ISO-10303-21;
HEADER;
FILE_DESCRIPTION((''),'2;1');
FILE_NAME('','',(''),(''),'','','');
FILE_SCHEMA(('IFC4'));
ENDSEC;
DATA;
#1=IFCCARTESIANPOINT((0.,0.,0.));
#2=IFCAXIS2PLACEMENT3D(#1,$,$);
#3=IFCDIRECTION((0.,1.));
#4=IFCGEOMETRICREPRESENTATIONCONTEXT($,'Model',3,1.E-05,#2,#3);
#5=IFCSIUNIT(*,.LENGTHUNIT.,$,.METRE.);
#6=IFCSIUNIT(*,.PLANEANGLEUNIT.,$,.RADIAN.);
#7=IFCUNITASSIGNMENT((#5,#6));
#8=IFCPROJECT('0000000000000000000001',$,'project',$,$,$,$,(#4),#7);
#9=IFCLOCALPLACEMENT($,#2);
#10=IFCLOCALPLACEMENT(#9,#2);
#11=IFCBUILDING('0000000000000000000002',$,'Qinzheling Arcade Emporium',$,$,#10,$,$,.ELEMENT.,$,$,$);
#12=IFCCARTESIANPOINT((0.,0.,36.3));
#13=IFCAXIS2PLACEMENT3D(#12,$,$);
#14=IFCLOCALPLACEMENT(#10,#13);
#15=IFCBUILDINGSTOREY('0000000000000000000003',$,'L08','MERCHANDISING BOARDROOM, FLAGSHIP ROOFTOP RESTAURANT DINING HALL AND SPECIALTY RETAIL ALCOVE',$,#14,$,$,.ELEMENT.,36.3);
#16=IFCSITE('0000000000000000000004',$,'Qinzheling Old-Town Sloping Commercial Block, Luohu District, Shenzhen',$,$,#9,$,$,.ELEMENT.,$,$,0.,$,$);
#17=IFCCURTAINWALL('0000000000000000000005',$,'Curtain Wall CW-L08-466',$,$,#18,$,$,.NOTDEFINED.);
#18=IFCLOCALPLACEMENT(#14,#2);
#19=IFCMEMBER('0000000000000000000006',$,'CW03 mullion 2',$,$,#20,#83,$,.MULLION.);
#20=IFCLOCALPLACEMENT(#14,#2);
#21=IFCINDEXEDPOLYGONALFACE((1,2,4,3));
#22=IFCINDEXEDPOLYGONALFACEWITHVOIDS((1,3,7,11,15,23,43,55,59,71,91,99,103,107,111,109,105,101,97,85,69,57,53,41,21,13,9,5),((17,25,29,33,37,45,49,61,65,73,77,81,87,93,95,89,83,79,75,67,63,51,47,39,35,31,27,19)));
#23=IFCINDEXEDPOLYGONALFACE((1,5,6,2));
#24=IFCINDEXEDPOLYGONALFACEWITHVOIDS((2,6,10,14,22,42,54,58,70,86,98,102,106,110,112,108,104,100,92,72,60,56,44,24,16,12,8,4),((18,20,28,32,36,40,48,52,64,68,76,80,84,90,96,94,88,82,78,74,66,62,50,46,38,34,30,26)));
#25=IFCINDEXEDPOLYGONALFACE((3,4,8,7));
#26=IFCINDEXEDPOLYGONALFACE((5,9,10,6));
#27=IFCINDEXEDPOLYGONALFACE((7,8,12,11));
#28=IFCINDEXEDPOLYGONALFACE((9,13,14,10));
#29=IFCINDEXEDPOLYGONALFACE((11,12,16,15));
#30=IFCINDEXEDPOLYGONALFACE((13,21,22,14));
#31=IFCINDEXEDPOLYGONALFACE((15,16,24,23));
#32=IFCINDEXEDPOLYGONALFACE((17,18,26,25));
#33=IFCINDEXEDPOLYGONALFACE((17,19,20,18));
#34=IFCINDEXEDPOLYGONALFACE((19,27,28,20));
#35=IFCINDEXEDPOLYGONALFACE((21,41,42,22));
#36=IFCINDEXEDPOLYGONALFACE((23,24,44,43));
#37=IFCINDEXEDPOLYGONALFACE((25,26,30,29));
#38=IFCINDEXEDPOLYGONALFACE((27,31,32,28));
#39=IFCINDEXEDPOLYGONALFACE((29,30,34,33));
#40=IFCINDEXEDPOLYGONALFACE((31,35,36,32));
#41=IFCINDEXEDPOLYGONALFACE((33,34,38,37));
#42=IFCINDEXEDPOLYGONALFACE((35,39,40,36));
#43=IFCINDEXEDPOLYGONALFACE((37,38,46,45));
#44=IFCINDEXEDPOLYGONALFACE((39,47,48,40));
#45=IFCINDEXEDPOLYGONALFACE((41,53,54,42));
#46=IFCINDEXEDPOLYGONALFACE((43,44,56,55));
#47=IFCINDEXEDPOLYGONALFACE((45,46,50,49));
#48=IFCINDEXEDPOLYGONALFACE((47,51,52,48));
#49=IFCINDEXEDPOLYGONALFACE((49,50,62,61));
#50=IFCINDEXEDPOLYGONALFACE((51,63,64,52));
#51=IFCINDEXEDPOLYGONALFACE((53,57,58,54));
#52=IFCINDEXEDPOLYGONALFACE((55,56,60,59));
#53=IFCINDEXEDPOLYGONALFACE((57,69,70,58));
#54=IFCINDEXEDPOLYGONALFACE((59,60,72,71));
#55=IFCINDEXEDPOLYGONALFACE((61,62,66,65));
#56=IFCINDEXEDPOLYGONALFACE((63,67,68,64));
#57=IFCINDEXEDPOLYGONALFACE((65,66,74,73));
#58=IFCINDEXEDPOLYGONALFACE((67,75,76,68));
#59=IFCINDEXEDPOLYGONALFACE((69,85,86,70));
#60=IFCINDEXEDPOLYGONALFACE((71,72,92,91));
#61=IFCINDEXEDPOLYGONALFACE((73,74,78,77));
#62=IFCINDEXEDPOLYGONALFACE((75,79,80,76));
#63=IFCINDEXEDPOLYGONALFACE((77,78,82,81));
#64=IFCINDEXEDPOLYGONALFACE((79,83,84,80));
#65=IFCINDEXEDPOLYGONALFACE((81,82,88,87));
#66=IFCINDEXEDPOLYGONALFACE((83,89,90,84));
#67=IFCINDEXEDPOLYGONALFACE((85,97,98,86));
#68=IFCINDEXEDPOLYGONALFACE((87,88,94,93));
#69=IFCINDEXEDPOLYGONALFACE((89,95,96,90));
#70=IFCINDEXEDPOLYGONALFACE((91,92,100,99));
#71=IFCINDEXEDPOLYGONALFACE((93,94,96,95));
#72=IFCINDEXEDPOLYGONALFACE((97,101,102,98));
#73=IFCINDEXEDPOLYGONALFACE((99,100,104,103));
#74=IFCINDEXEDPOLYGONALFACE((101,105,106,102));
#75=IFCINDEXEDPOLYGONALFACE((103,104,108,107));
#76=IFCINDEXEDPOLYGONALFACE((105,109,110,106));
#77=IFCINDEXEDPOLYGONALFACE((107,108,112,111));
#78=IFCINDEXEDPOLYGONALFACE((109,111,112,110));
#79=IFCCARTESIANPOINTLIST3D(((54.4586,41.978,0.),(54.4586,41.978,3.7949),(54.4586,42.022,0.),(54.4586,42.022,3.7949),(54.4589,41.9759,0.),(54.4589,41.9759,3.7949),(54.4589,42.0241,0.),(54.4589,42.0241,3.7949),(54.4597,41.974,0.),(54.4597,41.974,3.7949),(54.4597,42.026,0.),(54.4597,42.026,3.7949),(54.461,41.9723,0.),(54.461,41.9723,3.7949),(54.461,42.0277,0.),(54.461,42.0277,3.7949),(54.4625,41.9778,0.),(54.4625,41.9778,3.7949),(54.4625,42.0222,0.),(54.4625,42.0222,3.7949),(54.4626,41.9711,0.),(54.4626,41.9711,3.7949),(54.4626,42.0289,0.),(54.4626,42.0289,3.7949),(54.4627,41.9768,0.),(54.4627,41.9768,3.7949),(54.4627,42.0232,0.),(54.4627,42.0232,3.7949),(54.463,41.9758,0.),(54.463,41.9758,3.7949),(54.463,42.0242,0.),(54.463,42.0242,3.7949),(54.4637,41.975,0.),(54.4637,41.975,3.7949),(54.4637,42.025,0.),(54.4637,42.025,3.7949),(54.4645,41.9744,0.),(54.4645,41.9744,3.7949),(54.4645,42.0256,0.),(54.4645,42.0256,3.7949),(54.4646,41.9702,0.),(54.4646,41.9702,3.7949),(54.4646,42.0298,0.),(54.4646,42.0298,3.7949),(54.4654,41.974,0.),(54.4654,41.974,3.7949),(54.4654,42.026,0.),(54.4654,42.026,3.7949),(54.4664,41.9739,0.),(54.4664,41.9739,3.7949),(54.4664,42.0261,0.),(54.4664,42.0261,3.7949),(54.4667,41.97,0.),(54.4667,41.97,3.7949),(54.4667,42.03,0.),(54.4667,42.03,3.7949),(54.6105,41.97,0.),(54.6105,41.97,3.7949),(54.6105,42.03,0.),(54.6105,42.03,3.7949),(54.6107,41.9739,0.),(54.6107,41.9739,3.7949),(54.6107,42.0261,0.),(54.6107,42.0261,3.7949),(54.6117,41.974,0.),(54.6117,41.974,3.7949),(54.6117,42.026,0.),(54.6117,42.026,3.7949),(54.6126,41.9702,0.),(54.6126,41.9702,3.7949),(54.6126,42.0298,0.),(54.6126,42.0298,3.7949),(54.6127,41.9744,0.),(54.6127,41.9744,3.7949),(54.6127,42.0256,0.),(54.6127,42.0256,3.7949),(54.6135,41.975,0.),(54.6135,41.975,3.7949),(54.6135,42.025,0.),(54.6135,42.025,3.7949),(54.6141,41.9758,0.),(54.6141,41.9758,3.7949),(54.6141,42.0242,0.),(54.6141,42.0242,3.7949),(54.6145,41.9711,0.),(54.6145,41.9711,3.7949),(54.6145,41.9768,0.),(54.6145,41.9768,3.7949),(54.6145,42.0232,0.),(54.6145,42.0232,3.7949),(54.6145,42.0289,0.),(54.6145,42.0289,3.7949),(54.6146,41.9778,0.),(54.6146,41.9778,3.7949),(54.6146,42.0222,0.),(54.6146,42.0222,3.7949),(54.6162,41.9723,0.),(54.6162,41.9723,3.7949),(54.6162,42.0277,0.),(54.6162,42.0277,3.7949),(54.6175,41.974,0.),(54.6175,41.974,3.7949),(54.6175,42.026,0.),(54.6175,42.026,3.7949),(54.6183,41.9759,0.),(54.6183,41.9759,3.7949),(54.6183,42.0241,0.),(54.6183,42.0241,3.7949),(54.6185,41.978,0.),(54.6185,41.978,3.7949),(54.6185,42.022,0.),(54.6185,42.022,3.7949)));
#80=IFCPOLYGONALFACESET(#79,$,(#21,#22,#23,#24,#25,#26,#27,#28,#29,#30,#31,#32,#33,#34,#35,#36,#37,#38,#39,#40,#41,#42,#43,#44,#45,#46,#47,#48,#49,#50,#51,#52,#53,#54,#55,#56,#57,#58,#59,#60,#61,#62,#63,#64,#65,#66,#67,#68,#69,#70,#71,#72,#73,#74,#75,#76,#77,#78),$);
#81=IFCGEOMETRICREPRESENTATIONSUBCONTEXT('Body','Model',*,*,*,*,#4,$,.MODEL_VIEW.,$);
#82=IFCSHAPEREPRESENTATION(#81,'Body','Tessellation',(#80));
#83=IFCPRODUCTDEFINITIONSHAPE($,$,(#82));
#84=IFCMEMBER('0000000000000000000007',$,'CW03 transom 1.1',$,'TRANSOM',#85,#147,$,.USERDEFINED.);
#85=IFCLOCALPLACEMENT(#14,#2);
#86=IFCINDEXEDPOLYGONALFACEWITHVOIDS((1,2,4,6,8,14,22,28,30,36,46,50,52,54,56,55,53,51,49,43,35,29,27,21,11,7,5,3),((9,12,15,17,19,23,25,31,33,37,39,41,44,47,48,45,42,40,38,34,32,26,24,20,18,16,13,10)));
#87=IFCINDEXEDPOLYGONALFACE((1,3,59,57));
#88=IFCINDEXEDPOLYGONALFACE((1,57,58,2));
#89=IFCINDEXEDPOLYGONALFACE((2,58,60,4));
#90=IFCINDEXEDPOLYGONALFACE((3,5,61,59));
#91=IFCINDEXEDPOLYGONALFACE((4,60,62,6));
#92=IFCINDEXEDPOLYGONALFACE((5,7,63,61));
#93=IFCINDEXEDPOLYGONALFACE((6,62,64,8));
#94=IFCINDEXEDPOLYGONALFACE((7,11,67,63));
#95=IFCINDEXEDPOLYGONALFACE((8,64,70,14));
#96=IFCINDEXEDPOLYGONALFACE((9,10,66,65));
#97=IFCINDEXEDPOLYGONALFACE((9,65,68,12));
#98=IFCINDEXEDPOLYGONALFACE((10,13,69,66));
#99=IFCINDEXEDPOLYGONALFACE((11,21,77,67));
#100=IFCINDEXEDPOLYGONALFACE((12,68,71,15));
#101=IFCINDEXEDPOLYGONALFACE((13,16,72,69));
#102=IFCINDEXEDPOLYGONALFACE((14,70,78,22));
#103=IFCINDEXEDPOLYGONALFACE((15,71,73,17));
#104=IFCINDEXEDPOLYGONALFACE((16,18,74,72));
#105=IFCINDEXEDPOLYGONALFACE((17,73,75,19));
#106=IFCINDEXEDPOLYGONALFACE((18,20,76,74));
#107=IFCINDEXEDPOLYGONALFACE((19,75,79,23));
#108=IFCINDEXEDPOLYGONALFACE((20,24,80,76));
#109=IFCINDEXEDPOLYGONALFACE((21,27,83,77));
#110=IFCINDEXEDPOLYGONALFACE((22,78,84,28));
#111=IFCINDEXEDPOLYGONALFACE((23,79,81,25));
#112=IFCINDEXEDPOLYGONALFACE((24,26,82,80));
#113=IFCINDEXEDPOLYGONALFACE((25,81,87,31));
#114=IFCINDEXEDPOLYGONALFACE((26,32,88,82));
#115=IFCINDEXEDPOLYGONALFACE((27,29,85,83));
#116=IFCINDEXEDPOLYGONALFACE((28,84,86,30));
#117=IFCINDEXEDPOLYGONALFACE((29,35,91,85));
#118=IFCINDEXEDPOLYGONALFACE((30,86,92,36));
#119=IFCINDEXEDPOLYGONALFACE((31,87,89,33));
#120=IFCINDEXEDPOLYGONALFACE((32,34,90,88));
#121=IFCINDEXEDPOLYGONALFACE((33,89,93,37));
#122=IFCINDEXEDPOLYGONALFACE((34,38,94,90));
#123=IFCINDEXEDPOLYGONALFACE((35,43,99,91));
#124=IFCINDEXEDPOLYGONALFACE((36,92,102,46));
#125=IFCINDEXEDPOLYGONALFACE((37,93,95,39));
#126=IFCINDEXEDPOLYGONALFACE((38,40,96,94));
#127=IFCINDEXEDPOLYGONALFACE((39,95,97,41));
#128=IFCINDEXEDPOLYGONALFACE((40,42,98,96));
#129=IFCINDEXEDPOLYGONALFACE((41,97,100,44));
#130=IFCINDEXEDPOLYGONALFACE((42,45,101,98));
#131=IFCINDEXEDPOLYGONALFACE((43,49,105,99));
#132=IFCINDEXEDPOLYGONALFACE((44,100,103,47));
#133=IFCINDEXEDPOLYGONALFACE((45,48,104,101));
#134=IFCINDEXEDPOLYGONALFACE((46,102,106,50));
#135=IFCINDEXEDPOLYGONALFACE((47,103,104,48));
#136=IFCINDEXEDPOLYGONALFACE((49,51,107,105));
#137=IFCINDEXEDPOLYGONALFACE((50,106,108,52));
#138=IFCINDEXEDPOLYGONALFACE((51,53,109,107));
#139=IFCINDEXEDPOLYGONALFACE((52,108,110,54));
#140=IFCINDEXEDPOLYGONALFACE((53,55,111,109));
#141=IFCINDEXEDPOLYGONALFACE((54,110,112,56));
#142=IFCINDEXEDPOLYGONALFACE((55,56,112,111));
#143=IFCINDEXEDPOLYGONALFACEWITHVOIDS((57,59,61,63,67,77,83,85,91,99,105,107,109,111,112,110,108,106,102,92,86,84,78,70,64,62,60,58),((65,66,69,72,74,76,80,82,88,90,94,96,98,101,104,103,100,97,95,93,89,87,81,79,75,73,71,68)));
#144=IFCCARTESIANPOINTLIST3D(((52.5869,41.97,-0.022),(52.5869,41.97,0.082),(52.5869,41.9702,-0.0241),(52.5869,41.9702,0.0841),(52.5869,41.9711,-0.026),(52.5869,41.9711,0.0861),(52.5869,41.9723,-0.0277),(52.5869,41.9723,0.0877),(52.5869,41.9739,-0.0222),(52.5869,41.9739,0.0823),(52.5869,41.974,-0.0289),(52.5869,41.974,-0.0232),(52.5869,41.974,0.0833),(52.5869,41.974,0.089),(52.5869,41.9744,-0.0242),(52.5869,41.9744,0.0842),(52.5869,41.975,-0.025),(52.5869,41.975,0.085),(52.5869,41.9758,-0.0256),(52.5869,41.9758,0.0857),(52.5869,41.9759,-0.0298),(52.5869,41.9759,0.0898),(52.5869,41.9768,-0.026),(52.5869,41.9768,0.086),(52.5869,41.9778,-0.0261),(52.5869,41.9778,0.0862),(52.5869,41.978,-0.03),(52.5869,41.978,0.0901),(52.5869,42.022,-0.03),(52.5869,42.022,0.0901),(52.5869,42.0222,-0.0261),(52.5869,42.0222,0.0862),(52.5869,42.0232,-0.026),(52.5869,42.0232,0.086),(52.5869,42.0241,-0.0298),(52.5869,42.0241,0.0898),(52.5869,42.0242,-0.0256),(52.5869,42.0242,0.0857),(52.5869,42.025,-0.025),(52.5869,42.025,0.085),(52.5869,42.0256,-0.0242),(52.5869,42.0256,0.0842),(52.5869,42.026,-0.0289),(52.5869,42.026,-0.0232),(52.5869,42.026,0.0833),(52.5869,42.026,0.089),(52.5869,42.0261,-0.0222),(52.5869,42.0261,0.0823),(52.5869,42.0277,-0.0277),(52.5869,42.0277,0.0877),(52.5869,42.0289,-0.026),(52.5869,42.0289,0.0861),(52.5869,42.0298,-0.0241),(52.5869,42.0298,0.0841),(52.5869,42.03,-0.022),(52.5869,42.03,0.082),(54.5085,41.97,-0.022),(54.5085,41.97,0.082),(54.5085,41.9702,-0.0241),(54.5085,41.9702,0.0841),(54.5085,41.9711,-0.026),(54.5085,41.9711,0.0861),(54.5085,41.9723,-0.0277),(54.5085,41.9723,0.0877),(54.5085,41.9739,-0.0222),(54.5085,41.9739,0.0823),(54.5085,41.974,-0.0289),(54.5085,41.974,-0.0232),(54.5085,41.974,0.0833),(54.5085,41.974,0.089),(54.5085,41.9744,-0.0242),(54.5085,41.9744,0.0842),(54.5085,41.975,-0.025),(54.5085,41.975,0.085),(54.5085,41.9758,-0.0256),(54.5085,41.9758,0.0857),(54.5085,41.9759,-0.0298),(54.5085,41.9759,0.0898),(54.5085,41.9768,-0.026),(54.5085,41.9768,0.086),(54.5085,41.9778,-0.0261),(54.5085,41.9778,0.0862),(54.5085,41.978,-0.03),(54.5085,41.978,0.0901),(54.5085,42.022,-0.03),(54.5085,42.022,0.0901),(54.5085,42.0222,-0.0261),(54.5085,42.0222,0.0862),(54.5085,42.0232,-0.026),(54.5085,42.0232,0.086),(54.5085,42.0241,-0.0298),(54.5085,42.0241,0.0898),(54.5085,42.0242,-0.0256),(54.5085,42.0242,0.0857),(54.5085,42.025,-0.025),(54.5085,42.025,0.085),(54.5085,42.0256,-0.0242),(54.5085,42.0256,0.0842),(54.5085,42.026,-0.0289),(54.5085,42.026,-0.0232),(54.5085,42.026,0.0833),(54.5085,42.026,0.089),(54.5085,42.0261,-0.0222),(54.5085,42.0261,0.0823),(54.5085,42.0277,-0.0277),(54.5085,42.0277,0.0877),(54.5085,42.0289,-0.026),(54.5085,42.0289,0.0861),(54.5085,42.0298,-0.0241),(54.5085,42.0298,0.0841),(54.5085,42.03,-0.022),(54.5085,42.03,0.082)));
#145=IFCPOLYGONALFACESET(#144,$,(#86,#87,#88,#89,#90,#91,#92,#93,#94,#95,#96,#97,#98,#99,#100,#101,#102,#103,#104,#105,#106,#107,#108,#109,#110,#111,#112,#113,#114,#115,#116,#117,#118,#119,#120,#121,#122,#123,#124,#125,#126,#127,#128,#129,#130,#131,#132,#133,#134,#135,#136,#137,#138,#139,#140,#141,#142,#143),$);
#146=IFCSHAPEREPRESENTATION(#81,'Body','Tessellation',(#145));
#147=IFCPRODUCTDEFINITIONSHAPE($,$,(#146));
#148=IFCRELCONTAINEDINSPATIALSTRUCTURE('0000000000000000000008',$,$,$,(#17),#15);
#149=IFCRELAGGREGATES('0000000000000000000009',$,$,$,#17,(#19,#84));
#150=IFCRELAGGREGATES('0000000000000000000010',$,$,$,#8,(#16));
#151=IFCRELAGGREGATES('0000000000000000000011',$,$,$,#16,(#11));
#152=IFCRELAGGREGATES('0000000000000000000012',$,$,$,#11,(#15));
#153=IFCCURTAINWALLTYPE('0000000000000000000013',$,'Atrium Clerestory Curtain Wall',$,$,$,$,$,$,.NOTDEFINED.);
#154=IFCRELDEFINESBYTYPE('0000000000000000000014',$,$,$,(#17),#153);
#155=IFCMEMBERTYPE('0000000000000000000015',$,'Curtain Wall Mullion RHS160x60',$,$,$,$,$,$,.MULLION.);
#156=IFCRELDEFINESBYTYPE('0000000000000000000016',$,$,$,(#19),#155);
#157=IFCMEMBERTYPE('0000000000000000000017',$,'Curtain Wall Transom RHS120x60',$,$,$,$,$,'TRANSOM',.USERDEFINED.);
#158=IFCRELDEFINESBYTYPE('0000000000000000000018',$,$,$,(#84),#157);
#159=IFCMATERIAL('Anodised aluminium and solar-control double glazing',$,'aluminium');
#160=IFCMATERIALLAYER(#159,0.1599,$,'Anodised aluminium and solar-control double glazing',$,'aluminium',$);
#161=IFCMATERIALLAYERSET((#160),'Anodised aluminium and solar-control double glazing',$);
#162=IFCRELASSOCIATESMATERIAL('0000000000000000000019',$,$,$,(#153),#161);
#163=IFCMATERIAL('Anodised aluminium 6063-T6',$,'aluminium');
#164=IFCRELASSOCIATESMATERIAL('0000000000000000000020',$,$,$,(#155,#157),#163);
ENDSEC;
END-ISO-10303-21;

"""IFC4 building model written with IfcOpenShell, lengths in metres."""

from ifc_helpers import new_model, si_unit, direction, frame, origin, origin_2d, place, context, subcontext, project, spatial, hollow_rectangle, extrude, material, layer, layer_set, material_profile, profile_set, type_object, element, aggregate, save


model = new_model("IFC4")

# Units and contexts
model_context = context("Model", 3, precision=1e-05, world=origin(), true_north=direction((0.0, 1.0)))
body_context = subcontext(model_context, "Body", "Model", "MODEL_VIEW")
ifc_project = project(units=[si_unit("LENGTHUNIT", "METRE"), si_unit("PLANEANGLEUNIT", "RADIAN")], contexts=[model_context])

# Site, building, storey
site_placement = place(None, origin())
site = spatial("IfcSite", under=ifc_project, at=site_placement, Name="Qinzheling Old-Town Sloping Commercial Block, Luohu District, Shenzhen", CompositionType="ELEMENT", RefElevation=0.0)
building_placement = place(site_placement, origin())
building = spatial("IfcBuilding", under=site, at=building_placement, Name="Qinzheling Arcade Emporium", CompositionType="ELEMENT")
storey_placement = place(building_placement, frame((0.0, 0.0, 36.3)))
storey = spatial("IfcBuildingStorey", under=building, at=storey_placement, Name="L08", Description="MERCHANDISING BOARDROOM, FLAGSHIP ROOFTOP RESTAURANT DINING HALL AND SPECIALTY RETAIL ALCOVE", CompositionType="ELEMENT", Elevation=36.3)

# Shared definitions
ifc_material_1 = material(Name="Anodised aluminium and solar-control double glazing", Category="aluminium")
ifc_layer_1 = layer(ifc_material_1, 0.1599, Name="Anodised aluminium and solar-control double glazing", Category="aluminium")
ifc_layer_set_1 = layer_set([ifc_layer_1], Name="Anodised aluminium and solar-control double glazing")
curtain_wall_type = type_object("IfcCurtainWallType", Name="Atrium Clerestory Curtain Wall", PredefinedType="NOTDEFINED", material=ifc_layer_set_1)
ifc_material_2 = material(Name="Anodised aluminium 6063-T6", Category="aluminium")
ifc_material_profile_1 = material_profile(ifc_material_2, hollow_rectangle(XDim=0.0601, YDim=0.1599, WallThickness=0.0039, InnerFilletRadius=0.0039, OuterFilletRadius=0.0081, at=origin_2d()), Name="RHS 160x60x4", Category="aluminium")
ifc_profile_set_1 = profile_set([ifc_material_profile_1], Name="Anodised aluminium 6063-T6")
member_type_1 = type_object("IfcMemberType", Name="Curtain Wall Mullion RHS160x60", PredefinedType="MULLION", material=ifc_profile_set_1)

# Curtain wall, members
curtain_wall_1_placement = place(storey_placement, origin())
curtain_wall_1 = element("IfcCurtainWall", 1, at=curtain_wall_1_placement, inside=storey, type_object=curtain_wall_type, Name="Curtain Wall CW-L08-466", PredefinedType="NOTDEFINED")
member_1_placement = place(storey_placement, frame((54.5386, 42.0, 0.0), z_axis=(0.0, 0.0, 1.0), x_axis=(0.0, 1.0, 0.0)))
member_1 = element("IfcMember", 2, at=member_1_placement, type_object=member_type_1, Name="CW03 mullion 2", PredefinedType="MULLION", context=body_context, shape_type="SweptSolid", body=[
    extrude(hollow_rectangle(XDim=0.0601, YDim=0.1599, WallThickness=0.0039, InnerFilletRadius=0.0039, OuterFilletRadius=0.0081, at=origin_2d()), origin(), (0.0, 0.0, 1.0), 3.7949),
])
ifc_material_profile_2 = material_profile(ifc_material_2, hollow_rectangle(XDim=0.0601, YDim=0.1201, WallThickness=0.0039, InnerFilletRadius=0.0039, OuterFilletRadius=0.0081, at=origin_2d()), Name="RHS 120x60x4", Category="aluminium")
ifc_profile_set_2 = profile_set([ifc_material_profile_2], Name="Anodised aluminium 6063-T6")
member_type_2 = type_object("IfcMemberType", Name="Curtain Wall Transom RHS120x60", ElementType="TRANSOM", PredefinedType="USERDEFINED", material=ifc_profile_set_2)
member_2_placement = place(storey_placement, frame((52.5869, 42.0, 0.03), z_axis=(1.0, 0.0, 0.0), x_axis=(0.0, 1.0, 0.0)))
member_2 = element("IfcMember", 3, at=member_2_placement, type_object=member_type_2, Name="CW03 transom 1.1", ObjectType="TRANSOM", PredefinedType="USERDEFINED", context=body_context, shape_type="SweptSolid", body=[
    extrude(hollow_rectangle(XDim=0.0601, YDim=0.1201, WallThickness=0.0039, InnerFilletRadius=0.0039, OuterFilletRadius=0.0081, at=origin_2d()), origin(), (0.0, 0.0, 1.0), 1.9216),
])

aggregate(curtain_wall_1, [member_1, member_2])

save(model, "model.ifc")
